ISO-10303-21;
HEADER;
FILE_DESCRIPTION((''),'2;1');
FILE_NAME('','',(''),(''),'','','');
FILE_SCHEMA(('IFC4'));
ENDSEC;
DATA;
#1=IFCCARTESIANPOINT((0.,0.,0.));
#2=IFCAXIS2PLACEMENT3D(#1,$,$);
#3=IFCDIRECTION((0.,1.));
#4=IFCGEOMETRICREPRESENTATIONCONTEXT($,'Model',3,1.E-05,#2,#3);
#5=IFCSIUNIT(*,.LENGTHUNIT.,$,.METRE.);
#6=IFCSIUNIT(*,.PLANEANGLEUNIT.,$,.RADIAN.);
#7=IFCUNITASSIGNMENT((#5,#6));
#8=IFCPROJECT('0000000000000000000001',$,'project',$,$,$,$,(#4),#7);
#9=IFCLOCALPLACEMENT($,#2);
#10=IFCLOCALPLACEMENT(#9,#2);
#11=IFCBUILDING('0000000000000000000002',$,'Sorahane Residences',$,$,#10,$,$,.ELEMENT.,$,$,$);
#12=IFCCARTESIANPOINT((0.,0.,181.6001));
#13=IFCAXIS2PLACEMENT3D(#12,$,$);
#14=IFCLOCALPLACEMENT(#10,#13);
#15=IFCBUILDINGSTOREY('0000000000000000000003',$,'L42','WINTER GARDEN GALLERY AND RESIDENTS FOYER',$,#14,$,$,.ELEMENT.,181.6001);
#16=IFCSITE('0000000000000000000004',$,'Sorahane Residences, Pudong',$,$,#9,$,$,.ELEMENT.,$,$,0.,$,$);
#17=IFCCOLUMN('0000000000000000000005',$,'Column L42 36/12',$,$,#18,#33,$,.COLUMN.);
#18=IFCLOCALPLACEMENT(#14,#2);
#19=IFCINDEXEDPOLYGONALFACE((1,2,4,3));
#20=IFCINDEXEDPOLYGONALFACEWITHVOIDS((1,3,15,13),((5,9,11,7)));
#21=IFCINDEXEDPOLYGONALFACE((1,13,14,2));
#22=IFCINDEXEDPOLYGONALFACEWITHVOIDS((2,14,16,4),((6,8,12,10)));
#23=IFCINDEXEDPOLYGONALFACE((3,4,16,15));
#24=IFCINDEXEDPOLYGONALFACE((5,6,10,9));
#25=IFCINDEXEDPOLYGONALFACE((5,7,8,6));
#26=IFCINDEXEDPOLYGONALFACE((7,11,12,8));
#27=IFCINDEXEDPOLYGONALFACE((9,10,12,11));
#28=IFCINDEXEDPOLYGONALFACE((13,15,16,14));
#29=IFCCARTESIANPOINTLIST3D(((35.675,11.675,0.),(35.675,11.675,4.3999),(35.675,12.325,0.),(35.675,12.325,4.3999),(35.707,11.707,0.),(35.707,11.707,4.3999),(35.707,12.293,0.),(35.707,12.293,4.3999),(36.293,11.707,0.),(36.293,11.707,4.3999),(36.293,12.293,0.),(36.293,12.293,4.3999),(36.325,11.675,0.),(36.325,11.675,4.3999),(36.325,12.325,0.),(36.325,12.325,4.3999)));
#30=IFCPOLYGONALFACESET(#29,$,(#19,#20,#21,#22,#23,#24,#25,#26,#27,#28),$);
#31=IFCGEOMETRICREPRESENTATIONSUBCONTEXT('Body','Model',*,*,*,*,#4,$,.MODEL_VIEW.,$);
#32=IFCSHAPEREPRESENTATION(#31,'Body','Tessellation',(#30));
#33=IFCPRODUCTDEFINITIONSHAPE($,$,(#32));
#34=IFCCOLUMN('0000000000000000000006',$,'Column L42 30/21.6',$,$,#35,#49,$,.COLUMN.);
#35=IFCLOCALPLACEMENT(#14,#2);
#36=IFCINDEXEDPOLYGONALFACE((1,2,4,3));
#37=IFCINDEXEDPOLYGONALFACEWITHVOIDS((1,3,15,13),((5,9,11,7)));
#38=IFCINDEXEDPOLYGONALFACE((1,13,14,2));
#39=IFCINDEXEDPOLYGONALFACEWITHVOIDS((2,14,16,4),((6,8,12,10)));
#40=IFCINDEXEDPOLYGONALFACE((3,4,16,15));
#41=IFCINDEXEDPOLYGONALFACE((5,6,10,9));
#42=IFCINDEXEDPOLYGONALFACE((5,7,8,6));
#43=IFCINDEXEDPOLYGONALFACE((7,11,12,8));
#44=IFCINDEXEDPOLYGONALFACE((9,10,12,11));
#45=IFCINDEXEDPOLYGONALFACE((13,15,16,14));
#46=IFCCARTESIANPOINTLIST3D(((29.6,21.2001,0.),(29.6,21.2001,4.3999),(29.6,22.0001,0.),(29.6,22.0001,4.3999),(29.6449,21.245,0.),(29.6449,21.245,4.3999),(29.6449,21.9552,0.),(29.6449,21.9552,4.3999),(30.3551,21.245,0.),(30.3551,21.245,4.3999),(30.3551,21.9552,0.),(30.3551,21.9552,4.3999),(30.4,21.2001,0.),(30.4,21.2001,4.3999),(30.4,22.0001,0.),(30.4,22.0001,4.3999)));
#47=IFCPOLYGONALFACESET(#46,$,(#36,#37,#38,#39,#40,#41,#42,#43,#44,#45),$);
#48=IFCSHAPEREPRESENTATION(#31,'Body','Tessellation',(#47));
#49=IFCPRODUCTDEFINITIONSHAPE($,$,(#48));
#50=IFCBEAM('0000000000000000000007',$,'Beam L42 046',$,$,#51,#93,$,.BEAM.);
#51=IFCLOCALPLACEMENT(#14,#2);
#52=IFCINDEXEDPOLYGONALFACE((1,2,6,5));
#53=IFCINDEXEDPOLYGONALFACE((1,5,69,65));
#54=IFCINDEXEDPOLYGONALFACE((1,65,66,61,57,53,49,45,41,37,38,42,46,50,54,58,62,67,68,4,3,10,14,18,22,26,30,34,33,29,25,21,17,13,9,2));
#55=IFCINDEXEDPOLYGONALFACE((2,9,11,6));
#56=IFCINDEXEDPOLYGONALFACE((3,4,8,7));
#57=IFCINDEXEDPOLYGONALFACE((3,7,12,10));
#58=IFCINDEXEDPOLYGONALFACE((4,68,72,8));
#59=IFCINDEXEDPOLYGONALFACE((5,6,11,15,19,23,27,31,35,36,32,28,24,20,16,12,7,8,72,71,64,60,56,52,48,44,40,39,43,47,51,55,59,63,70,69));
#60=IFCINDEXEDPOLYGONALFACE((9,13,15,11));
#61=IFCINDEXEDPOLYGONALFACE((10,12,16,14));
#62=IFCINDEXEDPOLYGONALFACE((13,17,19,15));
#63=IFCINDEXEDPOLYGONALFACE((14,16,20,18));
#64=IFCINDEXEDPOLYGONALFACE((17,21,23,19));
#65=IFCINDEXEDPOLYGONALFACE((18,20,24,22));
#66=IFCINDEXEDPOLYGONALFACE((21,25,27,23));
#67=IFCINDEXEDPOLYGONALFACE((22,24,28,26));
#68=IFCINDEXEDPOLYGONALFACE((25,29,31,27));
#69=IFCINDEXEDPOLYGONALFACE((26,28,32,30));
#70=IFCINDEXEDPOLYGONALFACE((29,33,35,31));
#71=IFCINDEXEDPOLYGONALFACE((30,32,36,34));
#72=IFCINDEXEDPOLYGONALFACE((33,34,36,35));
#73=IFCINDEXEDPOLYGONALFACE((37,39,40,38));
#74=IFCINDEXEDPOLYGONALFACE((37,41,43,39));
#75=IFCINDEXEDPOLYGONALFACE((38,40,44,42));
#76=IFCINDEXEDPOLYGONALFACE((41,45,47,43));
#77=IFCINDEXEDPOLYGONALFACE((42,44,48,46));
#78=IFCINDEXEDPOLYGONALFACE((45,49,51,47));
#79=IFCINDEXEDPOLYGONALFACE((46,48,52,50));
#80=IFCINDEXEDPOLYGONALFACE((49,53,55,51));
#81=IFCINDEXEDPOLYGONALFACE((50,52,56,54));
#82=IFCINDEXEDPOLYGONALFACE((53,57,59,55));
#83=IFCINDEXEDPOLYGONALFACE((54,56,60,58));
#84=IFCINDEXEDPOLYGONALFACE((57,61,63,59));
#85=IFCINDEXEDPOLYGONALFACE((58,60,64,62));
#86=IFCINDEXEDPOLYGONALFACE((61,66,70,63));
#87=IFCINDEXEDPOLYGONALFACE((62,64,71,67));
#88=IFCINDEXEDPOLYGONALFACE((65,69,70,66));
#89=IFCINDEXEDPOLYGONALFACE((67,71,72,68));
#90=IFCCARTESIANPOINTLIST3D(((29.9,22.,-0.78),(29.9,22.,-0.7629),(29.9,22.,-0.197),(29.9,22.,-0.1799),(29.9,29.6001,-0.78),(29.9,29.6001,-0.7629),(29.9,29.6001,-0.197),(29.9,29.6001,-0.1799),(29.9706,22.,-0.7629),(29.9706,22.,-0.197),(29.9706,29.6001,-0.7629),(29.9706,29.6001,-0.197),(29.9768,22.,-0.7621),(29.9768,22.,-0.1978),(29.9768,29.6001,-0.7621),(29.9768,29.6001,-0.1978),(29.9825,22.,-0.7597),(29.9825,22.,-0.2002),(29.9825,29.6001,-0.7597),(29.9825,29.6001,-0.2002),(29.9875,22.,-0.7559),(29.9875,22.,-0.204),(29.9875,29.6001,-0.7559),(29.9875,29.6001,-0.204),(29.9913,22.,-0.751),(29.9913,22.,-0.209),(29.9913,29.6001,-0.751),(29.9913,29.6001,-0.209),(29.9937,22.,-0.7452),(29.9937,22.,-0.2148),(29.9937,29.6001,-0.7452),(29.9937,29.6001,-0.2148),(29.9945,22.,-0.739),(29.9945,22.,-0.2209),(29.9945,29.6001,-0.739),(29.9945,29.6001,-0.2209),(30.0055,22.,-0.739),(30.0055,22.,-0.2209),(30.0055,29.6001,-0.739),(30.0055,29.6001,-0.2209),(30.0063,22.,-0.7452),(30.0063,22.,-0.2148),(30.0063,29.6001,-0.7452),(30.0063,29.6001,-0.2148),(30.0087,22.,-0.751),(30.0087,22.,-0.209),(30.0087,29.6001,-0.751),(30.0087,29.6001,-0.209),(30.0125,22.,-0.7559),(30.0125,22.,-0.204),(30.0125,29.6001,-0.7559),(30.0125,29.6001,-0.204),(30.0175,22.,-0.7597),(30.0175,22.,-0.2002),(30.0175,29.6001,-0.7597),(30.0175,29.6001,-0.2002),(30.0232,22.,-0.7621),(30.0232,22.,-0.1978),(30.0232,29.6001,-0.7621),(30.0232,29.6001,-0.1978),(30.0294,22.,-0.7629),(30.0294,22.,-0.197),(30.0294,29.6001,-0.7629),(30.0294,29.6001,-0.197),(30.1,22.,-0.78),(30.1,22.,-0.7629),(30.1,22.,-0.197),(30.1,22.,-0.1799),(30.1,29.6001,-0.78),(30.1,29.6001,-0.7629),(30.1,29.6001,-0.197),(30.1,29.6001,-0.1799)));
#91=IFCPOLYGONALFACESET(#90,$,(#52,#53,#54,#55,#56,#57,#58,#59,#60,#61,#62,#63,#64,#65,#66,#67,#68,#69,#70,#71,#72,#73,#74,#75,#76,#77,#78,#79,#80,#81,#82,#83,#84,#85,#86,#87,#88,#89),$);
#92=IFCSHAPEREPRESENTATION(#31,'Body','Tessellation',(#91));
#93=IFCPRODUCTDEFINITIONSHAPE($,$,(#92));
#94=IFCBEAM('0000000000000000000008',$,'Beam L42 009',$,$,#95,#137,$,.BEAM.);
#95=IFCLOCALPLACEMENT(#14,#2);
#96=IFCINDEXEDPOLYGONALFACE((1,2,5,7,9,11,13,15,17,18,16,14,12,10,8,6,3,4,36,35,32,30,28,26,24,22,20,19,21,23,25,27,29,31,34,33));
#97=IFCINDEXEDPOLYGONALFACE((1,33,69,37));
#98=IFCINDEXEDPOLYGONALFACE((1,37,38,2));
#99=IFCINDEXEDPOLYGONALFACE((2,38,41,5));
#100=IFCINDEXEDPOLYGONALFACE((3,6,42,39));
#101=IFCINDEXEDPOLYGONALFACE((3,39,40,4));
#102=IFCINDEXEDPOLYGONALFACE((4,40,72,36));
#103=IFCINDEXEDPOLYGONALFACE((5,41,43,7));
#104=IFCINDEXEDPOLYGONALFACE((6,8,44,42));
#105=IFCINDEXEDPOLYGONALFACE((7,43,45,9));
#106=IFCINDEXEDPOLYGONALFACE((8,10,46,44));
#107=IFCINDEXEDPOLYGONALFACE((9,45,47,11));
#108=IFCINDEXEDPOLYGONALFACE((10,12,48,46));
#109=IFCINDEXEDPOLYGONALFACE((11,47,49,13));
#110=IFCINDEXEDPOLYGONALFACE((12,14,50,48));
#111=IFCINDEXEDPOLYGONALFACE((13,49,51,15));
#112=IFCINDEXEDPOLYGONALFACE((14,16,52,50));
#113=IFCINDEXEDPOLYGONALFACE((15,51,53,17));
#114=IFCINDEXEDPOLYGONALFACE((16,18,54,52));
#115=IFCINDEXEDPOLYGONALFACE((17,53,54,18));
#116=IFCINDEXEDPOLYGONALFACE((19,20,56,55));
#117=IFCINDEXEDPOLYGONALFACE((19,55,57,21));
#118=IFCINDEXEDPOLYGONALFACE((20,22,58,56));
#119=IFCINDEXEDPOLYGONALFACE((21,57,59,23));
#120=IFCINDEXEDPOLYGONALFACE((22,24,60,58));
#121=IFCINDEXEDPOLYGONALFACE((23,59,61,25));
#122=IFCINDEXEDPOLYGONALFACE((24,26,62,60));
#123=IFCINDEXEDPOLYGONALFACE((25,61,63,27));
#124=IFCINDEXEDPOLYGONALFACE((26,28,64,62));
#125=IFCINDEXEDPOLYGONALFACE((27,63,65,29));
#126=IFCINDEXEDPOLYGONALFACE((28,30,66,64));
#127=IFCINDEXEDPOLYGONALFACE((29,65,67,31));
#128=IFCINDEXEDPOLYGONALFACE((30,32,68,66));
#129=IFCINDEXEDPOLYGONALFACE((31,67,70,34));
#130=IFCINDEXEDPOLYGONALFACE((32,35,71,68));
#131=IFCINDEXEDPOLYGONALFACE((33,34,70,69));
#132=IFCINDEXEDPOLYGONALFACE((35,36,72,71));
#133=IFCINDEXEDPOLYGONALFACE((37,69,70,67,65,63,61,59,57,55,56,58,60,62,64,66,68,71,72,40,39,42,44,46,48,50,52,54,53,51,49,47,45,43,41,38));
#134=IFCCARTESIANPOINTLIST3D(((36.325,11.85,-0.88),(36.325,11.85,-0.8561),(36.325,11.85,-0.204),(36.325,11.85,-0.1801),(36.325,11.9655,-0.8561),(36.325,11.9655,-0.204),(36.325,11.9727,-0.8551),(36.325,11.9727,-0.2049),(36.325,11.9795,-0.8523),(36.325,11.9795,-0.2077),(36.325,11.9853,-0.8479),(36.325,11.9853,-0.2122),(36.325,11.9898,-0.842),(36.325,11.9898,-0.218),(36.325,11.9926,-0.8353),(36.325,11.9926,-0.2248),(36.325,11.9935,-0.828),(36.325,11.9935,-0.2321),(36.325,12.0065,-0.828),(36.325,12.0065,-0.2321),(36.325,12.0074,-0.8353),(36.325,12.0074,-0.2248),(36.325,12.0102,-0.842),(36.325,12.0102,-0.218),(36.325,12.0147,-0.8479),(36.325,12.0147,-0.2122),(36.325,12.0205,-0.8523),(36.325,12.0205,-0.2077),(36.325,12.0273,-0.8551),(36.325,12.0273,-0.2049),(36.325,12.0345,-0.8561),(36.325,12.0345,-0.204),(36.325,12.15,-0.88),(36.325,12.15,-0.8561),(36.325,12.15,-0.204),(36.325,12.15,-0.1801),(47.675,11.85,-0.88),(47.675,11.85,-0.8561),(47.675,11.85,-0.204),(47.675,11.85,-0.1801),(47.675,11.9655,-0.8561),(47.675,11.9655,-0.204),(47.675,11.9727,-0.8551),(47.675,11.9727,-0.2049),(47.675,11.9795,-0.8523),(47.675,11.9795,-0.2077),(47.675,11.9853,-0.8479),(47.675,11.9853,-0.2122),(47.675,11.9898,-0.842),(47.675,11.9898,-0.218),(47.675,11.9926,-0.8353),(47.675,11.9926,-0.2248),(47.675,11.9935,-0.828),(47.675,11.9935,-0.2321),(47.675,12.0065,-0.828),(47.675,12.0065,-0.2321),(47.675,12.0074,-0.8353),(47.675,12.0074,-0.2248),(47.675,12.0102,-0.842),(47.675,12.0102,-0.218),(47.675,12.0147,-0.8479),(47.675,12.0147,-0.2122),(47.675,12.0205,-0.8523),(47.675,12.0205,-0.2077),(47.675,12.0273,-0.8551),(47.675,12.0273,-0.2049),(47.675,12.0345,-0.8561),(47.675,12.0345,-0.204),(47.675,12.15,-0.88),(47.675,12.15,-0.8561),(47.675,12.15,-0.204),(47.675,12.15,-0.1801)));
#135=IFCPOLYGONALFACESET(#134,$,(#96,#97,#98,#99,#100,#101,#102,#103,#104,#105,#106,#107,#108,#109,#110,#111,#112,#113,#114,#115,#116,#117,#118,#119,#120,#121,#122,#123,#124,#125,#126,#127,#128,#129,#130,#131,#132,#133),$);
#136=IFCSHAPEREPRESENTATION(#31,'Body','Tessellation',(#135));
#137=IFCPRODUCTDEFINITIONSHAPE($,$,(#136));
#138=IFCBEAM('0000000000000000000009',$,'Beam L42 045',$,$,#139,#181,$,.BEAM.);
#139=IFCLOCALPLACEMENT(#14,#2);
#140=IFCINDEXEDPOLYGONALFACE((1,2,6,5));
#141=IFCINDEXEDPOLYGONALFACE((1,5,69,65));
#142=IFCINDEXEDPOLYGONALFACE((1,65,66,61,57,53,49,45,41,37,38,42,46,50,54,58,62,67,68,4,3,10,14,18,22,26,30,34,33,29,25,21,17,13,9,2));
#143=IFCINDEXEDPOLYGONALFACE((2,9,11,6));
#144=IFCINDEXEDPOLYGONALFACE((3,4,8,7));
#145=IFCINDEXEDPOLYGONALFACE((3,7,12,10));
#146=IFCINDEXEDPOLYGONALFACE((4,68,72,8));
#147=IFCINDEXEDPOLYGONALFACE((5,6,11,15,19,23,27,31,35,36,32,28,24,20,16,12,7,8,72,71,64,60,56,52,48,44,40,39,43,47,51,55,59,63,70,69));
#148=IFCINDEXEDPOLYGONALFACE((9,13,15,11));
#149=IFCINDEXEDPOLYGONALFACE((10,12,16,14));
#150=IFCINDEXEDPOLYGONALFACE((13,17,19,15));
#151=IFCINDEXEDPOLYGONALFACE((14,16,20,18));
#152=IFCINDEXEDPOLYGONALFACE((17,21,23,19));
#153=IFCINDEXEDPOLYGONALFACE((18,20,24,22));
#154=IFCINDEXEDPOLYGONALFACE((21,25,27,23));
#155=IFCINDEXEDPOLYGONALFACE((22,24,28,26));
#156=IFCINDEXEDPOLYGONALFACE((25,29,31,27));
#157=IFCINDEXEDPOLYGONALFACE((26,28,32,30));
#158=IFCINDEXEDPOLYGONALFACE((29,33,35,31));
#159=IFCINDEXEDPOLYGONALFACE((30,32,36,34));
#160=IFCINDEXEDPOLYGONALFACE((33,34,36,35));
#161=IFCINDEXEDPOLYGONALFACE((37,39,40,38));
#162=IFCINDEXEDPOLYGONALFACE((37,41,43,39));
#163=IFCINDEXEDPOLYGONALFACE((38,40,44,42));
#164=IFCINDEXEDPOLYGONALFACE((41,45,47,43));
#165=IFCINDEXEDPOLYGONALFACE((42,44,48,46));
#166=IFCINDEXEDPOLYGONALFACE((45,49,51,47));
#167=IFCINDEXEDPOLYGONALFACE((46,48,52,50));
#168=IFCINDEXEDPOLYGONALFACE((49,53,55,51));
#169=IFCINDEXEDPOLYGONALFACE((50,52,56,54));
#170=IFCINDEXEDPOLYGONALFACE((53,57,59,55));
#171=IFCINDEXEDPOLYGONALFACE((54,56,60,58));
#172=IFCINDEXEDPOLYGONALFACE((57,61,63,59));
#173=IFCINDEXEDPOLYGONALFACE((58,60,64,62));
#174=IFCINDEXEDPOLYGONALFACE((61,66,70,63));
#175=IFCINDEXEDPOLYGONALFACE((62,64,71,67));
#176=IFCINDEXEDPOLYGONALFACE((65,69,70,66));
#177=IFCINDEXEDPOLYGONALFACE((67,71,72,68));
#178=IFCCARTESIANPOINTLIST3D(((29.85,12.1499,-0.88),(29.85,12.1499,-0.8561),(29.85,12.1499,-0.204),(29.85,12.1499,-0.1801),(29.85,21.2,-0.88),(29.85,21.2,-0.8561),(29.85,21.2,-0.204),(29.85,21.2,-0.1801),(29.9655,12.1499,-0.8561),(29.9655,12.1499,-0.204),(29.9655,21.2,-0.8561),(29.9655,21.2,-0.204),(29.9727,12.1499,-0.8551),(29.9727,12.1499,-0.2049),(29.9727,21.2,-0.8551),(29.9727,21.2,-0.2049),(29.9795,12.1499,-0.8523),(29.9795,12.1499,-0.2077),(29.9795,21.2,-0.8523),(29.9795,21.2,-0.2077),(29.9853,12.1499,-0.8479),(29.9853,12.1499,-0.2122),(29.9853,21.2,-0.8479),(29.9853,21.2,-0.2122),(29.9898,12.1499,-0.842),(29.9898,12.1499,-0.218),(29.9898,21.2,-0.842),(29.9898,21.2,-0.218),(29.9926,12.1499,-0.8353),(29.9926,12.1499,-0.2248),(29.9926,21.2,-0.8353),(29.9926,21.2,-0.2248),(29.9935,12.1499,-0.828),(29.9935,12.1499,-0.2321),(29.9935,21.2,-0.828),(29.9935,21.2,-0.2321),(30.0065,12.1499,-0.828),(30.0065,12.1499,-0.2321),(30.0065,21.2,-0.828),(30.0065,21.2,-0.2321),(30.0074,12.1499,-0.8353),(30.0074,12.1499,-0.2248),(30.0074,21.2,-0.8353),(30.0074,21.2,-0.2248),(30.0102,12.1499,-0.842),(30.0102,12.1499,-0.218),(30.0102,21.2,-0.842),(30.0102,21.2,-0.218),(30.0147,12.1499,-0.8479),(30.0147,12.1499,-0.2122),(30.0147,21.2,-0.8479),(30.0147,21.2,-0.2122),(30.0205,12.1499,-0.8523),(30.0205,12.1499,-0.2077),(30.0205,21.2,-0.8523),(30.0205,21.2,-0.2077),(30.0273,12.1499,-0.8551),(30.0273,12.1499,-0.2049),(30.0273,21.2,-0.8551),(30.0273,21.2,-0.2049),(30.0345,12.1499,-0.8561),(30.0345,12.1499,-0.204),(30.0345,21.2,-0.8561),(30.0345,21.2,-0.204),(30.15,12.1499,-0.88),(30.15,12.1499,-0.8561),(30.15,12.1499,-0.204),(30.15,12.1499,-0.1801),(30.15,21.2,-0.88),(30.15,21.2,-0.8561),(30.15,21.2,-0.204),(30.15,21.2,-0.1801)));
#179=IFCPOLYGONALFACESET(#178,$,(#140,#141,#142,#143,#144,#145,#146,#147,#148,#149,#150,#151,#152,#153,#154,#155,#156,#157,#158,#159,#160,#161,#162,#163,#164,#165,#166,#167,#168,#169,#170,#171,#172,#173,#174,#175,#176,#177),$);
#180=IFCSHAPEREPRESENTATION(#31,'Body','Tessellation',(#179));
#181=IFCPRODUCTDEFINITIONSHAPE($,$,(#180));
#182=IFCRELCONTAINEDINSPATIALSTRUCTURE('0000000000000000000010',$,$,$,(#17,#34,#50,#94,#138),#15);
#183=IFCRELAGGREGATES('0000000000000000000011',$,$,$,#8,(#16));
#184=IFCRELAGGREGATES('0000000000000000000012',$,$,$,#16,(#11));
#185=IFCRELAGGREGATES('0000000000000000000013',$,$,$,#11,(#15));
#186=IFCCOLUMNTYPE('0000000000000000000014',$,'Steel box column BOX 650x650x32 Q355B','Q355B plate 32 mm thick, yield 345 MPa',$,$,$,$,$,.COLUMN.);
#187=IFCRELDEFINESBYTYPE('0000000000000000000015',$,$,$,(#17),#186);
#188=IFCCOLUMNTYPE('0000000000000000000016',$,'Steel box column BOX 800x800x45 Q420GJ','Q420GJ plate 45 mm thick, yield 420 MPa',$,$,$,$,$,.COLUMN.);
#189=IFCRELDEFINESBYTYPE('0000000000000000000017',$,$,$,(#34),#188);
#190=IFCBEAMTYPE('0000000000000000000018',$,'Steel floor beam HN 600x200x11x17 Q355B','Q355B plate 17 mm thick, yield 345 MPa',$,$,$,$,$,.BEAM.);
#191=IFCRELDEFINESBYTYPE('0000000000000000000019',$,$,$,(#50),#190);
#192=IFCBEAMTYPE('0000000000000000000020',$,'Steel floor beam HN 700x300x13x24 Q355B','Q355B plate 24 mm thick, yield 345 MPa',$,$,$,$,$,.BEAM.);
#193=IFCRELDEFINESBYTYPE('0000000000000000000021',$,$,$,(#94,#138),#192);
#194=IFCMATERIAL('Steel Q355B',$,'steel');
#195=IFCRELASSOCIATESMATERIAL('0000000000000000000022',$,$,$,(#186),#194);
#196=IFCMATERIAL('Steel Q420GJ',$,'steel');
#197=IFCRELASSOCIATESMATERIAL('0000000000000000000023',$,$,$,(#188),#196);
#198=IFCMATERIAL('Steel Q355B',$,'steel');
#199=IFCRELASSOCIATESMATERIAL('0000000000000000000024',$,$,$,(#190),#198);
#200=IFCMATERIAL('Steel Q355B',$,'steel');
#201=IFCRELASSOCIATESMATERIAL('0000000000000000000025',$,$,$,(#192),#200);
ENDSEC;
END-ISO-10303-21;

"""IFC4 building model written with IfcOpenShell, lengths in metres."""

from ifc_helpers import new_model, si_unit, direction, frame, origin, origin_2d, place, context, subcontext, project, spatial, hollow_rectangle, i_section, extrude, material, material_profile, profile_set, type_object, element, save


model = new_model("IFC4")

# Units and contexts
model_context = context("Model", 3, precision=1e-05, world=origin(), true_north=direction((0.0, 1.0)))
body_context = subcontext(model_context, "Body", "Model", "MODEL_VIEW")
ifc_project = project(units=[si_unit("LENGTHUNIT", "METRE"), si_unit("PLANEANGLEUNIT", "RADIAN")], contexts=[model_context])

# Site, building, storey
site_placement = place(None, origin())
site = spatial("IfcSite", under=ifc_project, at=site_placement, Name="Sorahane Residences, Pudong", CompositionType="ELEMENT", RefElevation=0.0)
building_placement = place(site_placement, origin())
building = spatial("IfcBuilding", under=site, at=building_placement, Name="Sorahane Residences", CompositionType="ELEMENT")
storey_placement = place(building_placement, frame((0.0, 0.0, 181.6001)))
storey = spatial("IfcBuildingStorey", under=building, at=storey_placement, Name="L42", Description="WINTER GARDEN GALLERY AND RESIDENTS FOYER", CompositionType="ELEMENT", Elevation=181.6001)

# Columns
ifc_material_1 = material(Name="Steel Q355B", Category="steel")
ifc_material_profile_1 = material_profile(ifc_material_1, hollow_rectangle(XDim=0.6499, YDim=0.6499, WallThickness=0.032, at=origin_2d()), Name="BOX 650x650x32")
ifc_profile_set_1 = profile_set([ifc_material_profile_1], Name="Steel Q355B")
column_type_1 = type_object("IfcColumnType", Name="Steel box column BOX 650x650x32 Q355B", Description="Q355B plate 32 mm thick, yield 345 MPa", PredefinedType="COLUMN", material=ifc_profile_set_1)
column_1_placement = place(storey_placement, frame((36.0, 12.0, 0.0), z_axis=(0.0, 0.0, 1.0), x_axis=(1.0, 0.0, 0.0)))
element("IfcColumn", 1, at=column_1_placement, inside=storey, type_object=column_type_1, Name="Column L42 36/12", PredefinedType="COLUMN", context=body_context, shape_type="SweptSolid", body=[
    extrude(hollow_rectangle(XDim=0.6499, YDim=0.6499, WallThickness=0.032, at=origin_2d()), origin(), (0.0, 0.0, 1.0), 4.3999),
])
ifc_material_2 = material(Name="Steel Q420GJ", Category="steel")
ifc_material_profile_2 = material_profile(ifc_material_2, hollow_rectangle(XDim=0.8, YDim=0.8, WallThickness=0.0449, at=origin_2d()), Name="BOX 800x800x45")
ifc_profile_set_2 = profile_set([ifc_material_profile_2], Name="Steel Q420GJ")
column_type_2 = type_object("IfcColumnType", Name="Steel box column BOX 800x800x45 Q420GJ", Description="Q420GJ plate 45 mm thick, yield 420 MPa", PredefinedType="COLUMN", material=ifc_profile_set_2)
column_2_placement = place(storey_placement, frame((30.0, 21.6001, 0.0), z_axis=(0.0, 0.0, 1.0), x_axis=(1.0, 0.0, 0.0)))
element("IfcColumn", 2, at=column_2_placement, inside=storey, type_object=column_type_2, Name="Column L42 30/21.6", PredefinedType="COLUMN", context=body_context, shape_type="SweptSolid", body=[
    extrude(hollow_rectangle(XDim=0.8, YDim=0.8, WallThickness=0.0449, at=origin_2d()), origin(), (0.0, 0.0, 1.0), 4.3999),
])

# Beams
ifc_material_3 = material(Name="Steel Q355B", Category="steel")
ifc_material_profile_3 = material_profile(ifc_material_3, i_section(OverallWidth=0.2, OverallDepth=0.6001, WebThickness=0.011, FlangeThickness=0.0171, FilletRadius=0.0239, at=origin_2d()), Name="HN 600x200x11x17")
ifc_profile_set_3 = profile_set([ifc_material_profile_3], Name="Steel Q355B")
beam_type_1 = type_object("IfcBeamType", Name="Steel floor beam HN 600x200x11x17 Q355B", Description="Q355B plate 17 mm thick, yield 345 MPa", PredefinedType="BEAM", material=ifc_profile_set_3)
beam_1_placement = place(storey_placement, frame((30.0, 22.0, -0.48), z_axis=(0.0, 1.0, 0.0), x_axis=(-1.0, 0.0, 0.0)))
element("IfcBeam", 3, at=beam_1_placement, inside=storey, type_object=beam_type_1, Name="Beam L42 046", PredefinedType="BEAM", context=body_context, shape_type="SweptSolid", body=[
    extrude(i_section(OverallWidth=0.2, OverallDepth=0.6001, WebThickness=0.011, FlangeThickness=0.0171, FilletRadius=0.0239, at=origin_2d()), origin(), (0.0, 0.0, 1.0), 7.6001),
])
ifc_material_4 = material(Name="Steel Q355B", Category="steel")
ifc_material_profile_4 = material_profile(ifc_material_4, i_section(OverallWidth=0.3, OverallDepth=0.7, WebThickness=0.0129, FlangeThickness=0.0239, FilletRadius=0.0281, at=origin_2d()), Name="HN 700x300x13x24")
ifc_profile_set_4 = profile_set([ifc_material_profile_4], Name="Steel Q355B")
beam_type_2 = type_object("IfcBeamType", Name="Steel floor beam HN 700x300x13x24 Q355B", Description="Q355B plate 24 mm thick, yield 345 MPa", PredefinedType="BEAM", material=ifc_profile_set_4)
beam_2_placement = place(storey_placement, frame((36.325, 12.0, -0.53), z_axis=(1.0, 0.0, 0.0), x_axis=(0.0, 1.0, 0.0)))
element("IfcBeam", 4, at=beam_2_placement, inside=storey, type_object=beam_type_2, Name="Beam L42 009", PredefinedType="BEAM", context=body_context, shape_type="SweptSolid", body=[
    extrude(i_section(OverallWidth=0.3, OverallDepth=0.7, WebThickness=0.0129, FlangeThickness=0.0239, FilletRadius=0.0281, at=origin_2d()), origin(), (0.0, 0.0, 1.0), 11.3501),
])
beam_3_placement = place(storey_placement, frame((30.0, 12.1499, -0.53), z_axis=(0.0, 1.0, 0.0), x_axis=(-1.0, 0.0, 0.0)))
element("IfcBeam", 5, at=beam_3_placement, inside=storey, type_object=beam_type_2, Name="Beam L42 045", PredefinedType="BEAM", context=body_context, shape_type="SweptSolid", body=[
    extrude(i_section(OverallWidth=0.3, OverallDepth=0.7, WebThickness=0.0129, FlangeThickness=0.0239, FilletRadius=0.0281, at=origin_2d()), origin(), (0.0, 0.0, 1.0), 9.05),
])

save(model, "model.ifc")
